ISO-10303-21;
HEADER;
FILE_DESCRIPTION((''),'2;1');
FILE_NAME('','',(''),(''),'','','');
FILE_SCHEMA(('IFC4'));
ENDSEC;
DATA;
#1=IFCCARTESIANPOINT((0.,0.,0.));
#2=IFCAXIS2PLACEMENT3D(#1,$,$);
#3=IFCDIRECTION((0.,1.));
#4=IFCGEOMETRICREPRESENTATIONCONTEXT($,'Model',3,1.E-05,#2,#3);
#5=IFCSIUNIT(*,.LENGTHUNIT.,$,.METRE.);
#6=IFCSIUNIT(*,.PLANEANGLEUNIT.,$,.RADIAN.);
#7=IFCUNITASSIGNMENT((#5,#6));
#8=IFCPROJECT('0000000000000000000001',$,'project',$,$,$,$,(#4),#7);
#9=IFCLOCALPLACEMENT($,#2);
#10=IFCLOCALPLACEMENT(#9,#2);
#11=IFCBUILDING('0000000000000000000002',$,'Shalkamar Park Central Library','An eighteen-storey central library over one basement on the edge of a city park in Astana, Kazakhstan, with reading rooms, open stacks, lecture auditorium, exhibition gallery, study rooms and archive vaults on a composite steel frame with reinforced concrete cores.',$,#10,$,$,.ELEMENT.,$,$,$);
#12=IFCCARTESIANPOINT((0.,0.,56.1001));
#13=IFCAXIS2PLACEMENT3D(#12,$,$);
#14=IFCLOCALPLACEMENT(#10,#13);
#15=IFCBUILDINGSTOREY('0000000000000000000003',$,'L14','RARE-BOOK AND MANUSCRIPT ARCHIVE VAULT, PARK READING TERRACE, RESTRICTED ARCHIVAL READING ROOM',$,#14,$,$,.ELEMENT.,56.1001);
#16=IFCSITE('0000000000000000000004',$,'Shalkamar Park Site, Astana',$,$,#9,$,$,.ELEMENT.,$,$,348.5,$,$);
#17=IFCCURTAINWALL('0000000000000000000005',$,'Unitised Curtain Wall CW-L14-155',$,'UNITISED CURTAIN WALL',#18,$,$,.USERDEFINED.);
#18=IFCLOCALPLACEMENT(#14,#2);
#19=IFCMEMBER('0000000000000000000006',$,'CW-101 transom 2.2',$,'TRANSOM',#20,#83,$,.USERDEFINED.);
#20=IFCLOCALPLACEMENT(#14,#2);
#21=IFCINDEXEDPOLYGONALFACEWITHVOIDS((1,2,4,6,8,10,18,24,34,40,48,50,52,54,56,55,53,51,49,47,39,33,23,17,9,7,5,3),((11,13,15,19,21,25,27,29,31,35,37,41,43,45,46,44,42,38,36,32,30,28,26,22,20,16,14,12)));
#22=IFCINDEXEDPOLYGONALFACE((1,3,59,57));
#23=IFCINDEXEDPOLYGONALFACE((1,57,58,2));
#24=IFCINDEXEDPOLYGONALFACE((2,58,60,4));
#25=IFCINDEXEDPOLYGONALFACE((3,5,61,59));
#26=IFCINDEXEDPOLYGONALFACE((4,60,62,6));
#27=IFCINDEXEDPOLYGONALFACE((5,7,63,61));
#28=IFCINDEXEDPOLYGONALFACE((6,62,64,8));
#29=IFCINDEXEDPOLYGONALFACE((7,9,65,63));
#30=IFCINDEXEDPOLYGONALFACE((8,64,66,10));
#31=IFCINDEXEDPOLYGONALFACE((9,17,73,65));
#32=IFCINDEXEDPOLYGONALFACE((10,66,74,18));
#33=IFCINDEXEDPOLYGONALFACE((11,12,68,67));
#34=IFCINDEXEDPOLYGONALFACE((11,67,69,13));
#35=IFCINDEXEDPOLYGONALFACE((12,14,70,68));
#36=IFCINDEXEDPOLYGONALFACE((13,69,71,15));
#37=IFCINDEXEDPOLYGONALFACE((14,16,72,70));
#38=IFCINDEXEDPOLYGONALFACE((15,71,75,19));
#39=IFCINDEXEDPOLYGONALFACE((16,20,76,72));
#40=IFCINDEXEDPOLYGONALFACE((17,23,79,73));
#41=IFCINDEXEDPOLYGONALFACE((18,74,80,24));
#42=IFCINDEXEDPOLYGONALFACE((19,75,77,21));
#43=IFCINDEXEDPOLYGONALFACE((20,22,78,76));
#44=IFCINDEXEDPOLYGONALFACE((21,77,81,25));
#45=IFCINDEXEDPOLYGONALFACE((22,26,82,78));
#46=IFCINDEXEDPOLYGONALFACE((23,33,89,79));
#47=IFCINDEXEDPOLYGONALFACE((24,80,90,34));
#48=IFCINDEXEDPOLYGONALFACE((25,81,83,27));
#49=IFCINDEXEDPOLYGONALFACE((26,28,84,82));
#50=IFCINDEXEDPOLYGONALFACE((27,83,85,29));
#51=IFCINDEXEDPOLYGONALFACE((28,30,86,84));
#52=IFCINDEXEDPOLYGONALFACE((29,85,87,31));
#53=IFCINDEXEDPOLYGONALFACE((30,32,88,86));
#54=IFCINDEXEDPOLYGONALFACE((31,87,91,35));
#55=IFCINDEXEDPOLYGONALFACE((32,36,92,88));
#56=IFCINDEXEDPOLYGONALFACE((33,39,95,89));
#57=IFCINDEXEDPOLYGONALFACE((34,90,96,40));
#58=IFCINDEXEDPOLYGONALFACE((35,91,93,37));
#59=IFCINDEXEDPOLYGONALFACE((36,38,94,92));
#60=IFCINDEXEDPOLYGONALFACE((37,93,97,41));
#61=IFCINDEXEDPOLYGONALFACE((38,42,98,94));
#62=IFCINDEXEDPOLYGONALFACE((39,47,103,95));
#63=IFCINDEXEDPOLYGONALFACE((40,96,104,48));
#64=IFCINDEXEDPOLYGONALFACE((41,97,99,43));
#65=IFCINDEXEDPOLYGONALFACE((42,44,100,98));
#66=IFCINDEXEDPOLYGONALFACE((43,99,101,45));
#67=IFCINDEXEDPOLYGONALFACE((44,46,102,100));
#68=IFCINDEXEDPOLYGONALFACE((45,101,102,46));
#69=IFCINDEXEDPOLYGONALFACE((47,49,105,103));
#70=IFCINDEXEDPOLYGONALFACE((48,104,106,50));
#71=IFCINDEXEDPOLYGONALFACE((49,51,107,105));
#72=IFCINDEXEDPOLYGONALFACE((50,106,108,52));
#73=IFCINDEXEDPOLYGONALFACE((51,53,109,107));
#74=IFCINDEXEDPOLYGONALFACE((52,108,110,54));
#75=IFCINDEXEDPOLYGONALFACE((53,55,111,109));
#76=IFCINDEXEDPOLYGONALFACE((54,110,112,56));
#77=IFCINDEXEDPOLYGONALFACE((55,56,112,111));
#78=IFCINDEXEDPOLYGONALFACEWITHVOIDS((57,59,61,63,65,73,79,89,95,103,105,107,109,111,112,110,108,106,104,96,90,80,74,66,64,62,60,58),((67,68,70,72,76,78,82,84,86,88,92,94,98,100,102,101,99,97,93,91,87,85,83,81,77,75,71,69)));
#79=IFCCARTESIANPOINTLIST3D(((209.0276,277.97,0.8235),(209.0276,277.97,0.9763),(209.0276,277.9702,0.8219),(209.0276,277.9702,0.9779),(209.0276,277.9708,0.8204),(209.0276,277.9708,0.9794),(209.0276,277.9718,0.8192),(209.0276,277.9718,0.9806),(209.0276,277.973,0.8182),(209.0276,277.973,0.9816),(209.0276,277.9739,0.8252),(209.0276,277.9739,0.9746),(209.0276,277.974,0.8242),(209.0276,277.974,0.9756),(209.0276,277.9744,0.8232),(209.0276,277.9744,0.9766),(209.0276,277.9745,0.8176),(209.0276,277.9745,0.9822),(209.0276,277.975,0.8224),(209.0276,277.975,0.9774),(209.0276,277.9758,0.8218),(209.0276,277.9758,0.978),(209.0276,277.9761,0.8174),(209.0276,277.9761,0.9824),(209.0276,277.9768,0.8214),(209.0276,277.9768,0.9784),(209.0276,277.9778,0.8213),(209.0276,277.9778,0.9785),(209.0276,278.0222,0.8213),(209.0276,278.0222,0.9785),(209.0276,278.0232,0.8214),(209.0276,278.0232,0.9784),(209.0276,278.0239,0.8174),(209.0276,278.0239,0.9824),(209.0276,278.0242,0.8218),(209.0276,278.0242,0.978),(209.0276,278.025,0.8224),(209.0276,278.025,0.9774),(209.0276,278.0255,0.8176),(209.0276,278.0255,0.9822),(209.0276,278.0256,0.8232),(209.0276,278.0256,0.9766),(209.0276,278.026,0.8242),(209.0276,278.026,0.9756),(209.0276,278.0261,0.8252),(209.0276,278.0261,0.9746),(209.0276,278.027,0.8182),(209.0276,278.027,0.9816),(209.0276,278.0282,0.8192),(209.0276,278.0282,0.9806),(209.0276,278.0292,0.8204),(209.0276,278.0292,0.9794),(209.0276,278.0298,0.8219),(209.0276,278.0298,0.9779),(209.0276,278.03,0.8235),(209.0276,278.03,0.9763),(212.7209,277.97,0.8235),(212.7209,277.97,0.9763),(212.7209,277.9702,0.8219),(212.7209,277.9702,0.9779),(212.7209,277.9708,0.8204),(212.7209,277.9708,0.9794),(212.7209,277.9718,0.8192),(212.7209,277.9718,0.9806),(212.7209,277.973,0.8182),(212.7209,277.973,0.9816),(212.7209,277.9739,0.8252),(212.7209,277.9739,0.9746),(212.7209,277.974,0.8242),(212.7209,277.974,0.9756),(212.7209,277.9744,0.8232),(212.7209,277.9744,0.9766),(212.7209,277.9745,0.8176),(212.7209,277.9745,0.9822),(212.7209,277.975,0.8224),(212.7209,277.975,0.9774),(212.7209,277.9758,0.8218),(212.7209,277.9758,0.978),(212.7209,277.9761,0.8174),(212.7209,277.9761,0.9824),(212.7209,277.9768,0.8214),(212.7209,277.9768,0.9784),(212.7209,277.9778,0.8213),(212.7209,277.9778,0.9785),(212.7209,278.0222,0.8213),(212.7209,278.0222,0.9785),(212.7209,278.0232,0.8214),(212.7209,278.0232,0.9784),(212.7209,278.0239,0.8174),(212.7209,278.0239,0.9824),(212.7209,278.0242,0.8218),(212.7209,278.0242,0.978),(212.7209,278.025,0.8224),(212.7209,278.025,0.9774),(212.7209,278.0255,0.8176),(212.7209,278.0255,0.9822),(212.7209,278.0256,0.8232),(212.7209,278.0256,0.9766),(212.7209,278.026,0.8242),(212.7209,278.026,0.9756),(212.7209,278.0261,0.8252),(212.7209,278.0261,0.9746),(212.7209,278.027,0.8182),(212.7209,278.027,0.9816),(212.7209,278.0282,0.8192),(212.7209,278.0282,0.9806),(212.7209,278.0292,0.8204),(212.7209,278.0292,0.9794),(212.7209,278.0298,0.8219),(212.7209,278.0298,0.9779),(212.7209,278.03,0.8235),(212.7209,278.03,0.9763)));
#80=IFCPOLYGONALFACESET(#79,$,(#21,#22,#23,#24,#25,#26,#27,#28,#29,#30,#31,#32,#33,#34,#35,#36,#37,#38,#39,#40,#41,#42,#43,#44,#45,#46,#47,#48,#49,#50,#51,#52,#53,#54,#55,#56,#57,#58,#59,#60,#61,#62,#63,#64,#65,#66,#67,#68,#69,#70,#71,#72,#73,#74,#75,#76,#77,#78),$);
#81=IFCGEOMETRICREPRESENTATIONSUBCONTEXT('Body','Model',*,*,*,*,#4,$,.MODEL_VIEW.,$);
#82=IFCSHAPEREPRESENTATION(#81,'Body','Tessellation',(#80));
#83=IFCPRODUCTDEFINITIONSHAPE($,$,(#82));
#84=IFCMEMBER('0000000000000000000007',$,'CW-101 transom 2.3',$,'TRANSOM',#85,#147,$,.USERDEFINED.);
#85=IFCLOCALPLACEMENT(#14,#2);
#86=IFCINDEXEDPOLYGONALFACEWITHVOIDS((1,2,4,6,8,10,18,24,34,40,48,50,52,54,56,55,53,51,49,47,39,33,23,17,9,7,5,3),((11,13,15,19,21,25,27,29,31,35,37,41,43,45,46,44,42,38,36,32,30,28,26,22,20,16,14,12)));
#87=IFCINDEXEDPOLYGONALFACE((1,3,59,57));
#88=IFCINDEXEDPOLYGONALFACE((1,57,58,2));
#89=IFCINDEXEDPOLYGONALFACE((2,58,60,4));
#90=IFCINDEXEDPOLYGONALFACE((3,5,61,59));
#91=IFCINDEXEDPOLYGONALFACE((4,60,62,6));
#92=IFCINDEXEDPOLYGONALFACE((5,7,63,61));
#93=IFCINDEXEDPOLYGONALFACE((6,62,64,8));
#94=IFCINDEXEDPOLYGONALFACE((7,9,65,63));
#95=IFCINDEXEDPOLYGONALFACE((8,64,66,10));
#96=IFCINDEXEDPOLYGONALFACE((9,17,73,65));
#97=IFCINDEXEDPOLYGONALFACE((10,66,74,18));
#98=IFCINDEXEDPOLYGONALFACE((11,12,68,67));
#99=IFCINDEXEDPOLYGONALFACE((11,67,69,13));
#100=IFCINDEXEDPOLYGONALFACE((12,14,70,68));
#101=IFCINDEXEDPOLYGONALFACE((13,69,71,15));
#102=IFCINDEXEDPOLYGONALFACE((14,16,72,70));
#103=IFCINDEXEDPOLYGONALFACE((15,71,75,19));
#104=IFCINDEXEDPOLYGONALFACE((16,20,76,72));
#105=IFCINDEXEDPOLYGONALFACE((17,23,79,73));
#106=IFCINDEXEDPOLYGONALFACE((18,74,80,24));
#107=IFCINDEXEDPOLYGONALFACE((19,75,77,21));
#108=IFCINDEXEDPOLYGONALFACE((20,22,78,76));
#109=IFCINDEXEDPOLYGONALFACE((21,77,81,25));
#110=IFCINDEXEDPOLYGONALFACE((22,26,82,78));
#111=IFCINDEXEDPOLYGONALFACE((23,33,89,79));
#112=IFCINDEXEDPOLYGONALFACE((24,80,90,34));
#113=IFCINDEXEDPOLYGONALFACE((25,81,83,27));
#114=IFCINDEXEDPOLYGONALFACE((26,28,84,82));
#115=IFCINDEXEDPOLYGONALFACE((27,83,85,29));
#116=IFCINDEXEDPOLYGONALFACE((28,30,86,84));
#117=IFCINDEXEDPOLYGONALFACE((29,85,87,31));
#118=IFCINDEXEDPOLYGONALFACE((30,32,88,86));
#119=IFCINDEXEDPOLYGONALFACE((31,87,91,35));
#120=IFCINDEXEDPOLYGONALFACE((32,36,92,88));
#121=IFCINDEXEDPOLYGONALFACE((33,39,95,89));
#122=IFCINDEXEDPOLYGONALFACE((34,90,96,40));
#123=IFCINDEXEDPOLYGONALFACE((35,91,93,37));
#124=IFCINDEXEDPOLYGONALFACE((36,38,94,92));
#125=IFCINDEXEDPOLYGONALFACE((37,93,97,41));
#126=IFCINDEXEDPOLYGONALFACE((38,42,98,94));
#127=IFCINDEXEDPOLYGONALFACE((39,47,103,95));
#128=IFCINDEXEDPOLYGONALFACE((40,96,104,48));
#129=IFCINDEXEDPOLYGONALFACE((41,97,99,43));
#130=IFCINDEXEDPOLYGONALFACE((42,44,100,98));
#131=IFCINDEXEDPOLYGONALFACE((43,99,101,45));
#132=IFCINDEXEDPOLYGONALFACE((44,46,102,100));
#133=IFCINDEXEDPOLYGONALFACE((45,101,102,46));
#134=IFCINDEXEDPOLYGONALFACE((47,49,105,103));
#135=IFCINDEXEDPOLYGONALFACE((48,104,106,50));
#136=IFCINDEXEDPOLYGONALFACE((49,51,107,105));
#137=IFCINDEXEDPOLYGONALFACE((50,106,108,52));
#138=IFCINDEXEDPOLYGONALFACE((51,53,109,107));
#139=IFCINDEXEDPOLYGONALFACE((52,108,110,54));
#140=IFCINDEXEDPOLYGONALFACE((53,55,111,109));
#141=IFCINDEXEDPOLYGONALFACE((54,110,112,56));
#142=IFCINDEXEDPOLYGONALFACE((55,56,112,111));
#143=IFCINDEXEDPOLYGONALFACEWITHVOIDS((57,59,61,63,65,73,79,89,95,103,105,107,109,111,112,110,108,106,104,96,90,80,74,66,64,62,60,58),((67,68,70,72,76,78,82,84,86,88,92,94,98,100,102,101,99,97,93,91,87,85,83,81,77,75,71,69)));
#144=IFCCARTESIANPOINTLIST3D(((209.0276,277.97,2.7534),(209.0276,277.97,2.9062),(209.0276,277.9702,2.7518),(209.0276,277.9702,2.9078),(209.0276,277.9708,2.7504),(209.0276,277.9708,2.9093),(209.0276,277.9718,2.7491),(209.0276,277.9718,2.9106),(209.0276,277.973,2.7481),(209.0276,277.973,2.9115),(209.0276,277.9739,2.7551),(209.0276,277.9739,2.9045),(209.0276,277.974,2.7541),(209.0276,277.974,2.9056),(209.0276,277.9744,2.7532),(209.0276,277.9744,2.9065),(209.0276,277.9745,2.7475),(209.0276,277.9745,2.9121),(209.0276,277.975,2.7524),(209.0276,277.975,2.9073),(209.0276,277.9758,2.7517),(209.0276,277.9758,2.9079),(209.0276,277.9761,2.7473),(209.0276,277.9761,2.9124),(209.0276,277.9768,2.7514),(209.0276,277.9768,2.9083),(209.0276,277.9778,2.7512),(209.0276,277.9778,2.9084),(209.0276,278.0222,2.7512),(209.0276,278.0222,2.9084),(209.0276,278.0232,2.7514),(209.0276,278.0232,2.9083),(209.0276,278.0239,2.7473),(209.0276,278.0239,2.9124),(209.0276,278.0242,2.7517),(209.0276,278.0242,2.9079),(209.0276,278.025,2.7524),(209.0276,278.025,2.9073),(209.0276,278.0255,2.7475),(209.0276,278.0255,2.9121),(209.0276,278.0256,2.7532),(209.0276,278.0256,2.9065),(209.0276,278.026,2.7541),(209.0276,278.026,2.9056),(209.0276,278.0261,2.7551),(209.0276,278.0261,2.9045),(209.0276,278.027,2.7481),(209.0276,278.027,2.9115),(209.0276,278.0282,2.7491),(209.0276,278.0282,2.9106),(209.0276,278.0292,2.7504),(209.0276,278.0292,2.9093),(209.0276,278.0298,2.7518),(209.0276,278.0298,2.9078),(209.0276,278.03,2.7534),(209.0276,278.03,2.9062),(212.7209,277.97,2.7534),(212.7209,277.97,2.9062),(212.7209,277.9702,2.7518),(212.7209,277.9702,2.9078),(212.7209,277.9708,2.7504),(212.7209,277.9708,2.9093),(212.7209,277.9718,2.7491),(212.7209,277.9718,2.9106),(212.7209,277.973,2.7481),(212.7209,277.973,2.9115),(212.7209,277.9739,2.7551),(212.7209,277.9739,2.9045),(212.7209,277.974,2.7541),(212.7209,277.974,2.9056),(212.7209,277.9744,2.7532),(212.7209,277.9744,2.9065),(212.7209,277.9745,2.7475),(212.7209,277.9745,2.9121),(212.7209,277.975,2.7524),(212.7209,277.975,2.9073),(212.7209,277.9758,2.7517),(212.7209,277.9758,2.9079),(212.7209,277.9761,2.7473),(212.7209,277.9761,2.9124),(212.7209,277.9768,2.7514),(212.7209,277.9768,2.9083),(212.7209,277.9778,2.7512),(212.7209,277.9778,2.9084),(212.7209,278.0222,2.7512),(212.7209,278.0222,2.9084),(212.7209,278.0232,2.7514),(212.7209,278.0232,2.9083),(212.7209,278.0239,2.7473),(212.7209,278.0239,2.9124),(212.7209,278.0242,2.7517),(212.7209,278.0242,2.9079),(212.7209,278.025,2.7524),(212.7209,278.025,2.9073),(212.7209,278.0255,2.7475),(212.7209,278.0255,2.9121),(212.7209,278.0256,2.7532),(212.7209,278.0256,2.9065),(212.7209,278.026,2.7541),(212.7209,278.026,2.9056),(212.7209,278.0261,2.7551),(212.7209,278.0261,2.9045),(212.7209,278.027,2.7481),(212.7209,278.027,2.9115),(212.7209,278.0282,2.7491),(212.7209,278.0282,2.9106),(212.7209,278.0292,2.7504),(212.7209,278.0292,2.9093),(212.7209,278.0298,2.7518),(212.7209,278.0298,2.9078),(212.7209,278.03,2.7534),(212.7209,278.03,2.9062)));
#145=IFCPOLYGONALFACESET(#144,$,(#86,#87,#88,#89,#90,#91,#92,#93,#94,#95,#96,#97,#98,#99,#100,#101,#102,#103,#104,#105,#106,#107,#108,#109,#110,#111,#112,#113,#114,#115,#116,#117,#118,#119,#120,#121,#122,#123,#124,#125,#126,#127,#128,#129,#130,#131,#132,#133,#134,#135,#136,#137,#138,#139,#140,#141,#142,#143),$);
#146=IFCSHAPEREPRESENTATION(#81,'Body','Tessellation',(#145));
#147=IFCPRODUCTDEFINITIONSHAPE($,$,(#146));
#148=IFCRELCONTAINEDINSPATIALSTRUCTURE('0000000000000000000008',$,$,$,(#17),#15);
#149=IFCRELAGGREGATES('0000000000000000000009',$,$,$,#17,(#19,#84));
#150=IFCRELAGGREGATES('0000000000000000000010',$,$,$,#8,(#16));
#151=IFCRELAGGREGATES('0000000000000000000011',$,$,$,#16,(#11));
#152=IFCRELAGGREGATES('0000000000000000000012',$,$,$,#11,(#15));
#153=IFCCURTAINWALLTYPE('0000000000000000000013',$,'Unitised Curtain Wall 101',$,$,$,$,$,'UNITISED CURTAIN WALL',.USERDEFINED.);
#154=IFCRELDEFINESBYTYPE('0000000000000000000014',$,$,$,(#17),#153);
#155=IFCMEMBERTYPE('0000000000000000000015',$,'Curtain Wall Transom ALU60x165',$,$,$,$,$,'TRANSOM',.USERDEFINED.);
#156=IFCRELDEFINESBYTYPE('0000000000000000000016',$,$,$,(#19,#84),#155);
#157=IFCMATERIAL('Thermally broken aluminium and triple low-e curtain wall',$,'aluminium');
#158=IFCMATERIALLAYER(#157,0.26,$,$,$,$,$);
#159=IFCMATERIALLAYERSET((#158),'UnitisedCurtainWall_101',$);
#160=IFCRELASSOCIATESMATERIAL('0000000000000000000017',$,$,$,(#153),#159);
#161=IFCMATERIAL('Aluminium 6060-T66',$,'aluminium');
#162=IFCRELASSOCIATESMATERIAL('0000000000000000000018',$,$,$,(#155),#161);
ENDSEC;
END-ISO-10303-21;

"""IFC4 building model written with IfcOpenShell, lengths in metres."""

from ifc_helpers import new_model, si_unit, direction, frame, origin, origin_2d, place, context, subcontext, project, spatial, hollow_rectangle, extrude, material, layer, layer_set, material_profile, profile_set, type_object, element, aggregate, save


model = new_model("IFC4")

# Units and contexts
model_context = context("Model", 3, precision=1e-05, world=origin(), true_north=direction((0.0, 1.0)))
body_context = subcontext(model_context, "Body", "Model", "MODEL_VIEW")
ifc_project = project(units=[si_unit("LENGTHUNIT", "METRE"), si_unit("PLANEANGLEUNIT", "RADIAN")], contexts=[model_context])

# Site, building, storey
site_placement = place(None, origin())
site = spatial("IfcSite", under=ifc_project, at=site_placement, Name="Shalkamar Park Site, Astana", CompositionType="ELEMENT", RefElevation=348.5)
building_placement = place(site_placement, origin())
building = spatial("IfcBuilding", under=site, at=building_placement, Name="Shalkamar Park Central Library", Description="An eighteen-storey central library over one basement on the edge of a city park in Astana, Kazakhstan, with reading rooms, open stacks, lecture auditorium, exhibition gallery, study rooms and archive vaults on a composite steel frame with reinforced concrete cores.", CompositionType="ELEMENT")
storey_placement = place(building_placement, frame((0.0, 0.0, 56.1001)))
storey = spatial("IfcBuildingStorey", under=building, at=storey_placement, Name="L14", Description="RARE-BOOK AND MANUSCRIPT ARCHIVE VAULT, PARK READING TERRACE, RESTRICTED ARCHIVAL READING ROOM", CompositionType="ELEMENT", Elevation=56.1001)

# Curtain wall, members
ifc_material_1 = material(Name="Thermally broken aluminium and triple low-e curtain wall", Category="aluminium")
ifc_layer_1 = layer(ifc_material_1, 0.26)
ifc_layer_set_1 = layer_set([ifc_layer_1], Name="UnitisedCurtainWall_101")
curtain_wall_type = type_object("IfcCurtainWallType", Name="Unitised Curtain Wall 101", ElementType="UNITISED CURTAIN WALL", PredefinedType="USERDEFINED", material=ifc_layer_set_1)
curtain_wall_placement = place(storey_placement, origin())
curtain_wall = element("IfcCurtainWall", 1, at=curtain_wall_placement, inside=storey, type_object=curtain_wall_type, Name="Unitised Curtain Wall CW-L14-155", ObjectType="UNITISED CURTAIN WALL", PredefinedType="USERDEFINED")
ifc_material_2 = material(Name="Aluminium 6060-T66", Category="aluminium")
ifc_material_profile_1 = material_profile(ifc_material_2, hollow_rectangle(XDim=0.0601, YDim=0.165, WallThickness=0.0039, InnerFilletRadius=0.0039, OuterFilletRadius=0.0061, at=origin_2d()), Name="ALU 60x165x4")
ifc_profile_set_1 = profile_set([ifc_material_profile_1], Name="Aluminium 6060-T66")
member_type_1 = type_object("IfcMemberType", Name="Curtain Wall Transom ALU60x165", ElementType="TRANSOM", PredefinedType="USERDEFINED", material=ifc_profile_set_1)
member_1_placement = place(storey_placement, frame((209.0276, 278.0, 0.8999), z_axis=(1.0, 0.0, 0.0), x_axis=(0.0, 1.0, 0.0)))
member_1 = element("IfcMember", 2, at=member_1_placement, type_object=member_type_1, Name="CW-101 transom 2.2", ObjectType="TRANSOM", PredefinedType="USERDEFINED", context=body_context, shape_type="SweptSolid", body=[
    extrude(hollow_rectangle(XDim=0.0601, YDim=0.165, WallThickness=0.0039, InnerFilletRadius=0.0039, OuterFilletRadius=0.0061, at=origin_2d()), origin(), (0.0, 0.0, 1.0), 3.6934),
])
member_2_placement = place(storey_placement, frame((209.0276, 278.0, 2.8298), z_axis=(1.0, 0.0, 0.0), x_axis=(0.0, 1.0, 0.0)))
member_2 = element("IfcMember", 3, at=member_2_placement, type_object=member_type_1, Name="CW-101 transom 2.3", ObjectType="TRANSOM", PredefinedType="USERDEFINED", context=body_context, shape_type="SweptSolid", body=[
    extrude(hollow_rectangle(XDim=0.0601, YDim=0.165, WallThickness=0.0039, InnerFilletRadius=0.0039, OuterFilletRadius=0.0061, at=origin_2d()), origin(), (0.0, 0.0, 1.0), 3.6934),
])

aggregate(curtain_wall, [member_1, member_2])

save(model, "model.ifc")
